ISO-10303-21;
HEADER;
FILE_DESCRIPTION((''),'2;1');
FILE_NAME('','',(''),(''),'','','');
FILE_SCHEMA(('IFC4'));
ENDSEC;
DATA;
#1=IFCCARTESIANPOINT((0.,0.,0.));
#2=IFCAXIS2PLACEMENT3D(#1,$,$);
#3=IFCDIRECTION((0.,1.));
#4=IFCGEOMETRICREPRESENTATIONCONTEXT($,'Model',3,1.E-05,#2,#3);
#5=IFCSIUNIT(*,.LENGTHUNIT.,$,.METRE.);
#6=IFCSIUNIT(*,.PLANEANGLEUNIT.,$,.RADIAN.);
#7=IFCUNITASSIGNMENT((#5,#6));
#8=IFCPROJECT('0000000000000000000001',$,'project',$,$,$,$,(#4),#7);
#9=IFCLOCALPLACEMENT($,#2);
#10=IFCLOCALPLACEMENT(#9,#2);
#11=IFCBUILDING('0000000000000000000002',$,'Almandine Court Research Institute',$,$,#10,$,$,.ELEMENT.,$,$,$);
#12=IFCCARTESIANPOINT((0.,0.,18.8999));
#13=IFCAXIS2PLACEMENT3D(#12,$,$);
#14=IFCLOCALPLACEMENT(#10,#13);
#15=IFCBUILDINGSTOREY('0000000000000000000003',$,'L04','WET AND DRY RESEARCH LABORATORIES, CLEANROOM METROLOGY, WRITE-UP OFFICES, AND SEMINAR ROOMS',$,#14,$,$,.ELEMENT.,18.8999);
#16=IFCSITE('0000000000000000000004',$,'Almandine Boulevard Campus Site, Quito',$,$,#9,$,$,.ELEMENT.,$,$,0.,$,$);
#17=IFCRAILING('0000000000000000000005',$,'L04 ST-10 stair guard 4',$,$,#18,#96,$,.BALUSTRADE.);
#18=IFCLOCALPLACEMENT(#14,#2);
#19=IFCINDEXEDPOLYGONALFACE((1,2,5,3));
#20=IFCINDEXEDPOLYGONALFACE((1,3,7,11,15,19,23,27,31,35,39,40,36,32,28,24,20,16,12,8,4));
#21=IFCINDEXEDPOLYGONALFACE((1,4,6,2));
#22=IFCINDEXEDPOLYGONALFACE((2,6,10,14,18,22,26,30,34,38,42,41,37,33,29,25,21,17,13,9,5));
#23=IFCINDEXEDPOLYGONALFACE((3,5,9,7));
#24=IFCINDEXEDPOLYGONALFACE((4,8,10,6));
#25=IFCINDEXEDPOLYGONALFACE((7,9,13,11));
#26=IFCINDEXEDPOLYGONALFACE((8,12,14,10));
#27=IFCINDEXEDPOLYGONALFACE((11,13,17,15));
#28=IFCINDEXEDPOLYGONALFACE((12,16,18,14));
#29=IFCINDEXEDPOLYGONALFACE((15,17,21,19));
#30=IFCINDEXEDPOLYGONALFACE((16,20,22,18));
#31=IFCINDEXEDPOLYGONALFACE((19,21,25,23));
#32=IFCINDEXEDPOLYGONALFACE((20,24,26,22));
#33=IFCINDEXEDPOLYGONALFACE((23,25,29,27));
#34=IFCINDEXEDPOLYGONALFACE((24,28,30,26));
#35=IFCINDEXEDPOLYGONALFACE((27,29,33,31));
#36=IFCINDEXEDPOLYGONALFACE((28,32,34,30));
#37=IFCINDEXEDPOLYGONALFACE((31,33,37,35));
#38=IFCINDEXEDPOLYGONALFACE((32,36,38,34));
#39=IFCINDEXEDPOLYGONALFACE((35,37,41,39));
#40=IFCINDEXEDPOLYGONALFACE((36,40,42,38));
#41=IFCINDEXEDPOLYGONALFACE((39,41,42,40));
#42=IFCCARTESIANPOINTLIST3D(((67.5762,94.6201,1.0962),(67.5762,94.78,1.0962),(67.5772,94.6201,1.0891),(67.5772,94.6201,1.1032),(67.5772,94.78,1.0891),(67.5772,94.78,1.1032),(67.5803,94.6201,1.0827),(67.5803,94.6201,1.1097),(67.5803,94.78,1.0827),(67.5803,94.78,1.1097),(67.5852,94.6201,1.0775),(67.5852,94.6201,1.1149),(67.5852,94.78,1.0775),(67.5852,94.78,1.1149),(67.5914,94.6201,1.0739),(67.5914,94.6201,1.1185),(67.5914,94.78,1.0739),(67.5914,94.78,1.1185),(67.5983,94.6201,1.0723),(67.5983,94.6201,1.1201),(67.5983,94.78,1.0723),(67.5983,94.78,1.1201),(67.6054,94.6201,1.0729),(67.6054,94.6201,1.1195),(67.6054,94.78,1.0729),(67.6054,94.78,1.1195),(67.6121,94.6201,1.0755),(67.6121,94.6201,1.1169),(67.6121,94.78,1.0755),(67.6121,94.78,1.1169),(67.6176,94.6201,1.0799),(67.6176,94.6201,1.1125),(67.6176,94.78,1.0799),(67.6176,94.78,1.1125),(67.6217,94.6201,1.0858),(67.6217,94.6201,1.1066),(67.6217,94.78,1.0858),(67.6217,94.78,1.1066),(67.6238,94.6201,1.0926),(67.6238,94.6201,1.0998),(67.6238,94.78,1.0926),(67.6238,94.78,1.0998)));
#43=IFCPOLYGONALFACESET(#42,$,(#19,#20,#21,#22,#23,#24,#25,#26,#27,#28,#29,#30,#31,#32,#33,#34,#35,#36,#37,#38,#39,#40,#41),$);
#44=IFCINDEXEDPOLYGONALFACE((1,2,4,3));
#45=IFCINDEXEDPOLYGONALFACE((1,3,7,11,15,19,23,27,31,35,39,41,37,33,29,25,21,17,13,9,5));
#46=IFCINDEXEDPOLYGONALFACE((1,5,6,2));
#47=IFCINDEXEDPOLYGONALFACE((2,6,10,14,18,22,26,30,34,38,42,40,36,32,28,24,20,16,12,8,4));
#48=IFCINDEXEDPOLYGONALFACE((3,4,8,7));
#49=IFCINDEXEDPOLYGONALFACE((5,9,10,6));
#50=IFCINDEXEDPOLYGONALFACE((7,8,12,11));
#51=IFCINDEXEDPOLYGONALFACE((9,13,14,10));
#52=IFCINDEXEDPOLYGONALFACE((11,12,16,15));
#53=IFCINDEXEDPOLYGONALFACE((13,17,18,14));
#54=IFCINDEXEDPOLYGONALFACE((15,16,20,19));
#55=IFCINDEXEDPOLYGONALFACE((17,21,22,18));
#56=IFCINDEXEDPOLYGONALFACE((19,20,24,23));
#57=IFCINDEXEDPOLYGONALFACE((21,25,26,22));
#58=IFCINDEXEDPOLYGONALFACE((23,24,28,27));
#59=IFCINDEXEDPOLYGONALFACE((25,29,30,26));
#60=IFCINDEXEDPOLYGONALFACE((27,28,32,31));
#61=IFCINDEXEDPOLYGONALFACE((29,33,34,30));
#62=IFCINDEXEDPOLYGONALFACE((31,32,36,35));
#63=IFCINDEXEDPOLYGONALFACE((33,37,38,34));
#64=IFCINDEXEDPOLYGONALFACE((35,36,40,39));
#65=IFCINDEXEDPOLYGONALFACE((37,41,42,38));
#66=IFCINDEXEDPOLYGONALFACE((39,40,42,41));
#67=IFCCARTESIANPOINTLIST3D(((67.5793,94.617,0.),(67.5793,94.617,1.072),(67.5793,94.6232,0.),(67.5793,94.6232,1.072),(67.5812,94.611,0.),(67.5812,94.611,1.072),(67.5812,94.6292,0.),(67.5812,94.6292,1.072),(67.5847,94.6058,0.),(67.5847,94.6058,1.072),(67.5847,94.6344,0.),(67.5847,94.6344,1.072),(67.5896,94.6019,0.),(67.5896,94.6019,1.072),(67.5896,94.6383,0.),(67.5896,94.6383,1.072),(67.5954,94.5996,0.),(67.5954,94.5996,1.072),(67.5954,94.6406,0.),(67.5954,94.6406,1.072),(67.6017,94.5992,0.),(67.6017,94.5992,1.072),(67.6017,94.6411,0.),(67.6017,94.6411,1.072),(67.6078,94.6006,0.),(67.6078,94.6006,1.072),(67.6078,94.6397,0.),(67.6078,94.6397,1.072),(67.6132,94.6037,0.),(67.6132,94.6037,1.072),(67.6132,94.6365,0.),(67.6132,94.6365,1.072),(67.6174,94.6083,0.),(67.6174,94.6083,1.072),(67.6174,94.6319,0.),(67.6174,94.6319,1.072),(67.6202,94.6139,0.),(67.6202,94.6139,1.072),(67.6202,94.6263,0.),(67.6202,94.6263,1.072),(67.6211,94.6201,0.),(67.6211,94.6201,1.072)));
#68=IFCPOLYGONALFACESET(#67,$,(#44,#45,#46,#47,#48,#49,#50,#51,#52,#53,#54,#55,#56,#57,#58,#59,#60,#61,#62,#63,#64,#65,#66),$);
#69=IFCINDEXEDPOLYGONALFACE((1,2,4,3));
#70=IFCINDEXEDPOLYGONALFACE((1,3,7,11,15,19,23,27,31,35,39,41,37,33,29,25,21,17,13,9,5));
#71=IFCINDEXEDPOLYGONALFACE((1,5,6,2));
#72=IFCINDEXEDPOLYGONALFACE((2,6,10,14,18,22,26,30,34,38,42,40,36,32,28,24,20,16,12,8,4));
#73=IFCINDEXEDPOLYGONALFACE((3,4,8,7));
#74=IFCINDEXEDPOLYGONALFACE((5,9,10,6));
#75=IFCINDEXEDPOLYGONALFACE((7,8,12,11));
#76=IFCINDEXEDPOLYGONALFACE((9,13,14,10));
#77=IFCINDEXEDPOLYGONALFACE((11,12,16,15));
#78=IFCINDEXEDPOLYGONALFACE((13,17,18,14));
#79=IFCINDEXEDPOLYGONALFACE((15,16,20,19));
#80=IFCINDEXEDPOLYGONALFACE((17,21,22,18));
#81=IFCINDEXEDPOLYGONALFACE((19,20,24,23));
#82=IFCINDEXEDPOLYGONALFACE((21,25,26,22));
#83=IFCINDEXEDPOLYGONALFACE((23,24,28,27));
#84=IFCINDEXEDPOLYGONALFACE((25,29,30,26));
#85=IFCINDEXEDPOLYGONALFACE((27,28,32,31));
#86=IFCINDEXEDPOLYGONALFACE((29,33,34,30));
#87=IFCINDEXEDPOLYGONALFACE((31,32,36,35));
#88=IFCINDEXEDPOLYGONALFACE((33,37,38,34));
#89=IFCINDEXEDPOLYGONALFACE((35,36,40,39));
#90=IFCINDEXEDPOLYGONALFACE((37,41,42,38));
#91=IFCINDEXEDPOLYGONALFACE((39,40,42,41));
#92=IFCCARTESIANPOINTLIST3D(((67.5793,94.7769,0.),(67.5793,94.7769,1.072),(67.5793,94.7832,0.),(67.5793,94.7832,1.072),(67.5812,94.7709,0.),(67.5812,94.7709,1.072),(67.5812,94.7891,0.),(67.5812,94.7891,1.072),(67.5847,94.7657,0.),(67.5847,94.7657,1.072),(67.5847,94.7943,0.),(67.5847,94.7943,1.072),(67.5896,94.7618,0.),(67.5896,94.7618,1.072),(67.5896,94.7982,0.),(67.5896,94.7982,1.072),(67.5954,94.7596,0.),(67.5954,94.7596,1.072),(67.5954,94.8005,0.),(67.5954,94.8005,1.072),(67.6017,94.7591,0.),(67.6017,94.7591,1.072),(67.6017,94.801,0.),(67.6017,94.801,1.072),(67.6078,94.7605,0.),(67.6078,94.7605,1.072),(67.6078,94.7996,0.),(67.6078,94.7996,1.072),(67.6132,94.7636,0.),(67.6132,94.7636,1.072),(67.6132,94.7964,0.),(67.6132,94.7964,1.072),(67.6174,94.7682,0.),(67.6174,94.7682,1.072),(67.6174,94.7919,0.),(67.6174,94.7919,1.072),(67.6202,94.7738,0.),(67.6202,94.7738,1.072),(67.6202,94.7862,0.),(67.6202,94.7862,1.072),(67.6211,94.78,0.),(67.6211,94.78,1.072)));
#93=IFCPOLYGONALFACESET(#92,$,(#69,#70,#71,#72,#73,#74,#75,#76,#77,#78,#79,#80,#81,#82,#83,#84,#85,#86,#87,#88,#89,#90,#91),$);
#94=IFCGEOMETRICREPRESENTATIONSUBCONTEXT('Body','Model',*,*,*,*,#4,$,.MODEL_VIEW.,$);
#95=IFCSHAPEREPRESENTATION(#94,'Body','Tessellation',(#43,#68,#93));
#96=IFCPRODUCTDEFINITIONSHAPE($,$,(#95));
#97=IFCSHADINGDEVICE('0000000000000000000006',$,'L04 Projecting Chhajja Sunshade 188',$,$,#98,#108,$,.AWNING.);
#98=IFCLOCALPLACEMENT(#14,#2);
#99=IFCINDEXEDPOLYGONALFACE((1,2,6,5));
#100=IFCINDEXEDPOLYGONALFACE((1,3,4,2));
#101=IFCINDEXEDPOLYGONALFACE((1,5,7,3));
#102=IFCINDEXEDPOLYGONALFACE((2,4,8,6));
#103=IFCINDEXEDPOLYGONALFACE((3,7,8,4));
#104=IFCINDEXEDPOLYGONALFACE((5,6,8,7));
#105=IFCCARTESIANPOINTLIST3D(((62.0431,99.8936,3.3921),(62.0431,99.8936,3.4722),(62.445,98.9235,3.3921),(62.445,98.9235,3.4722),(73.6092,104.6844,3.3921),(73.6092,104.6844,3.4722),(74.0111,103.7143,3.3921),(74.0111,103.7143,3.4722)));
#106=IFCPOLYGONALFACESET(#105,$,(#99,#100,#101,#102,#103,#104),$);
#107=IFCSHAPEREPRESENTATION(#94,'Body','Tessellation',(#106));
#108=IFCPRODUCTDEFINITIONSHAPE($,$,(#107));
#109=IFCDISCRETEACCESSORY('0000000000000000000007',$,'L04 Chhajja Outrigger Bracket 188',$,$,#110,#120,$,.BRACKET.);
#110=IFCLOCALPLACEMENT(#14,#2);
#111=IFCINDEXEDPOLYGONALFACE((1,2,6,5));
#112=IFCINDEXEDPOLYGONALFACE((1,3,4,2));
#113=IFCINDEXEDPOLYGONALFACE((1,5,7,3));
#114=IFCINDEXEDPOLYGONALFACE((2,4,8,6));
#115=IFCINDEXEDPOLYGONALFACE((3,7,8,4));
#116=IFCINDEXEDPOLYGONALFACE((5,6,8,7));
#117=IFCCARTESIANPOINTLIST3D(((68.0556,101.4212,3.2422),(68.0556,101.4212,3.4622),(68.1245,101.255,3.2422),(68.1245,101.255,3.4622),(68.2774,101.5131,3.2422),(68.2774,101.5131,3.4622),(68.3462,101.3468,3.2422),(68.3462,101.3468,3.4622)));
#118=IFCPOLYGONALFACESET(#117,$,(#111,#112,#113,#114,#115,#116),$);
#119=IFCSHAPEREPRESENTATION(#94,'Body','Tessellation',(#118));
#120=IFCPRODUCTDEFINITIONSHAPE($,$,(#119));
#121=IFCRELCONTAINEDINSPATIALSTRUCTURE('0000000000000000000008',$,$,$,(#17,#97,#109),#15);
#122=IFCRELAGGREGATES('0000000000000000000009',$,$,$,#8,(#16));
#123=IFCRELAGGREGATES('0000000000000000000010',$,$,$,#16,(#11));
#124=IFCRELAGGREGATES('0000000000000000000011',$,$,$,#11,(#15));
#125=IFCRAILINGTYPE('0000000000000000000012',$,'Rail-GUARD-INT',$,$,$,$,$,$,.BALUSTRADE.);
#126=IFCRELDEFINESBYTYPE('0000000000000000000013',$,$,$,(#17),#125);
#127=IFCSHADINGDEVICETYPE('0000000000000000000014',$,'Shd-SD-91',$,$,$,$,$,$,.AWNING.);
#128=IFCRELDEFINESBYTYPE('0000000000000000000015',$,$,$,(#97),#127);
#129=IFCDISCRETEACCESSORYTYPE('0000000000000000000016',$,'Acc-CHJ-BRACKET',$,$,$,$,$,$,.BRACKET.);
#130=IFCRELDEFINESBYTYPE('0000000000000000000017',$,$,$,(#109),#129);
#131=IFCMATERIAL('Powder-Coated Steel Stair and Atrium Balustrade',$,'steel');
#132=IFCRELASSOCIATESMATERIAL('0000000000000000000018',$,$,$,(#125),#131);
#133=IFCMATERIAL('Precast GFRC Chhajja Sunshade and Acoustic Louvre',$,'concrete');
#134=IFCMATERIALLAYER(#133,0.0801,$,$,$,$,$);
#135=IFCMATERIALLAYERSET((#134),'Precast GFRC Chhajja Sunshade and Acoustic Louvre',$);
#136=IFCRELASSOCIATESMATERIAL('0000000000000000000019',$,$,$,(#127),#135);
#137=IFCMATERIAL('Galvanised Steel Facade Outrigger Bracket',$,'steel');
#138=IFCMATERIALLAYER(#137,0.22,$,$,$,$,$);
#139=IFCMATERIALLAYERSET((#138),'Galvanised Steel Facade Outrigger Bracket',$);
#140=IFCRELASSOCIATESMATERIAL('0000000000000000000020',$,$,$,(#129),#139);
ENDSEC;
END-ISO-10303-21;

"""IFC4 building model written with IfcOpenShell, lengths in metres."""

from ifc_helpers import new_model, si_unit, direction, frame, origin, origin_2d, place, context, subcontext, project, spatial, rectangle, circle, extrude, material, layer, layer_set, type_object, element, save


model = new_model("IFC4")

# Units and contexts
model_context = context("Model", 3, precision=1e-05, world=origin(), true_north=direction((0.0, 1.0)))
body_context = subcontext(model_context, "Body", "Model", "MODEL_VIEW")
ifc_project = project(units=[si_unit("LENGTHUNIT", "METRE"), si_unit("PLANEANGLEUNIT", "RADIAN")], contexts=[model_context])

# Site, building, storey
site_placement = place(None, origin())
site = spatial("IfcSite", under=ifc_project, at=site_placement, Name="Almandine Boulevard Campus Site, Quito", CompositionType="ELEMENT", RefElevation=0.0)
building_placement = place(site_placement, origin())
building = spatial("IfcBuilding", under=site, at=building_placement, Name="Almandine Court Research Institute", CompositionType="ELEMENT")
storey_placement = place(building_placement, frame((0.0, 0.0, 18.8999)))
storey = spatial("IfcBuildingStorey", under=building, at=storey_placement, Name="L04", Description="WET AND DRY RESEARCH LABORATORIES, CLEANROOM METROLOGY, WRITE-UP OFFICES, AND SEMINAR ROOMS", CompositionType="ELEMENT", Elevation=18.8999)

# Railing
ifc_material_1 = material(Name="Powder-Coated Steel Stair and Atrium Balustrade", Category="steel")
railing_type = type_object("IfcRailingType", Name="Rail-GUARD-INT", PredefinedType="BALUSTRADE", material=ifc_material_1)
railing_1_placement = place(storey_placement, frame((67.6001, 94.6201, 0.0)))
element("IfcRailing", 1, at=railing_1_placement, inside=storey, type_object=railing_type, Name="L04 ST-10 stair guard 4", PredefinedType="BALUSTRADE", context=body_context, shape_type="SweptSolid", body=[
    extrude(circle(Radius=0.0239, at=origin_2d()), frame((0.0, 0.0, 1.0962), z_axis=(0.0, 1.0, 0.0), x_axis=(-1.0, 0.0, 0.0)), (0.0, 0.0, 1.0), 0.1599),
    extrude(circle(Radius=0.021, at=origin_2d()), origin(), (0.0, 0.0, 1.0), 1.072),
    extrude(circle(Radius=0.021, at=origin_2d()), frame((0.0, 0.1599, 0.0)), (0.0, 0.0, 1.0), 1.072),
])

# Shading device
ifc_material_2 = material(Name="Precast GFRC Chhajja Sunshade and Acoustic Louvre", Category="concrete")
ifc_layer_1 = layer(ifc_material_2, 0.0801)
ifc_layer_set_1 = layer_set([ifc_layer_1], Name="Precast GFRC Chhajja Sunshade and Acoustic Louvre")
shading_device_type = type_object("IfcShadingDeviceType", Name="Shd-SD-91", PredefinedType="AWNING", material=ifc_layer_set_1)
shading_device_placement = place(storey_placement, frame((68.0271, 101.804, 3.3921), z_axis=(0.0, 0.0, 1.0), x_axis=(0.92388, 0.382683, 0.0)))
element("IfcShadingDevice", 2, at=shading_device_placement, inside=storey, type_object=shading_device_type, Name="L04 Projecting Chhajja Sunshade 188", PredefinedType="AWNING", context=body_context, shape_type="SweptSolid", body=[
    extrude(rectangle(XDim=12.519, YDim=1.05, at=origin_2d()), origin(), (0.0, 0.0, 1.0), 0.0801),
])

# Discrete accessory
ifc_material_3 = material(Name="Galvanised Steel Facade Outrigger Bracket", Category="steel")
ifc_layer_2 = layer(ifc_material_3, 0.22)
ifc_layer_set_2 = layer_set([ifc_layer_2], Name="Galvanised Steel Facade Outrigger Bracket")
discrete_accessory_type = type_object("IfcDiscreteAccessoryType", Name="Acc-CHJ-BRACKET", PredefinedType="BRACKET", material=ifc_layer_set_2)
discrete_accessory_placement = place(storey_placement, frame((68.2009, 101.384, 3.2422), z_axis=(0.0, 0.0, 1.0), x_axis=(0.92388, 0.382683, 0.0)))
element("IfcDiscreteAccessory", 3, at=discrete_accessory_placement, inside=storey, type_object=discrete_accessory_type, Name="L04 Chhajja Outrigger Bracket 188", PredefinedType="BRACKET", context=body_context, shape_type="SweptSolid", body=[
    extrude(rectangle(XDim=0.24, YDim=0.1799, at=origin_2d()), origin(), (0.0, 0.0, 1.0), 0.22),
])

save(model, "model.ifc")
